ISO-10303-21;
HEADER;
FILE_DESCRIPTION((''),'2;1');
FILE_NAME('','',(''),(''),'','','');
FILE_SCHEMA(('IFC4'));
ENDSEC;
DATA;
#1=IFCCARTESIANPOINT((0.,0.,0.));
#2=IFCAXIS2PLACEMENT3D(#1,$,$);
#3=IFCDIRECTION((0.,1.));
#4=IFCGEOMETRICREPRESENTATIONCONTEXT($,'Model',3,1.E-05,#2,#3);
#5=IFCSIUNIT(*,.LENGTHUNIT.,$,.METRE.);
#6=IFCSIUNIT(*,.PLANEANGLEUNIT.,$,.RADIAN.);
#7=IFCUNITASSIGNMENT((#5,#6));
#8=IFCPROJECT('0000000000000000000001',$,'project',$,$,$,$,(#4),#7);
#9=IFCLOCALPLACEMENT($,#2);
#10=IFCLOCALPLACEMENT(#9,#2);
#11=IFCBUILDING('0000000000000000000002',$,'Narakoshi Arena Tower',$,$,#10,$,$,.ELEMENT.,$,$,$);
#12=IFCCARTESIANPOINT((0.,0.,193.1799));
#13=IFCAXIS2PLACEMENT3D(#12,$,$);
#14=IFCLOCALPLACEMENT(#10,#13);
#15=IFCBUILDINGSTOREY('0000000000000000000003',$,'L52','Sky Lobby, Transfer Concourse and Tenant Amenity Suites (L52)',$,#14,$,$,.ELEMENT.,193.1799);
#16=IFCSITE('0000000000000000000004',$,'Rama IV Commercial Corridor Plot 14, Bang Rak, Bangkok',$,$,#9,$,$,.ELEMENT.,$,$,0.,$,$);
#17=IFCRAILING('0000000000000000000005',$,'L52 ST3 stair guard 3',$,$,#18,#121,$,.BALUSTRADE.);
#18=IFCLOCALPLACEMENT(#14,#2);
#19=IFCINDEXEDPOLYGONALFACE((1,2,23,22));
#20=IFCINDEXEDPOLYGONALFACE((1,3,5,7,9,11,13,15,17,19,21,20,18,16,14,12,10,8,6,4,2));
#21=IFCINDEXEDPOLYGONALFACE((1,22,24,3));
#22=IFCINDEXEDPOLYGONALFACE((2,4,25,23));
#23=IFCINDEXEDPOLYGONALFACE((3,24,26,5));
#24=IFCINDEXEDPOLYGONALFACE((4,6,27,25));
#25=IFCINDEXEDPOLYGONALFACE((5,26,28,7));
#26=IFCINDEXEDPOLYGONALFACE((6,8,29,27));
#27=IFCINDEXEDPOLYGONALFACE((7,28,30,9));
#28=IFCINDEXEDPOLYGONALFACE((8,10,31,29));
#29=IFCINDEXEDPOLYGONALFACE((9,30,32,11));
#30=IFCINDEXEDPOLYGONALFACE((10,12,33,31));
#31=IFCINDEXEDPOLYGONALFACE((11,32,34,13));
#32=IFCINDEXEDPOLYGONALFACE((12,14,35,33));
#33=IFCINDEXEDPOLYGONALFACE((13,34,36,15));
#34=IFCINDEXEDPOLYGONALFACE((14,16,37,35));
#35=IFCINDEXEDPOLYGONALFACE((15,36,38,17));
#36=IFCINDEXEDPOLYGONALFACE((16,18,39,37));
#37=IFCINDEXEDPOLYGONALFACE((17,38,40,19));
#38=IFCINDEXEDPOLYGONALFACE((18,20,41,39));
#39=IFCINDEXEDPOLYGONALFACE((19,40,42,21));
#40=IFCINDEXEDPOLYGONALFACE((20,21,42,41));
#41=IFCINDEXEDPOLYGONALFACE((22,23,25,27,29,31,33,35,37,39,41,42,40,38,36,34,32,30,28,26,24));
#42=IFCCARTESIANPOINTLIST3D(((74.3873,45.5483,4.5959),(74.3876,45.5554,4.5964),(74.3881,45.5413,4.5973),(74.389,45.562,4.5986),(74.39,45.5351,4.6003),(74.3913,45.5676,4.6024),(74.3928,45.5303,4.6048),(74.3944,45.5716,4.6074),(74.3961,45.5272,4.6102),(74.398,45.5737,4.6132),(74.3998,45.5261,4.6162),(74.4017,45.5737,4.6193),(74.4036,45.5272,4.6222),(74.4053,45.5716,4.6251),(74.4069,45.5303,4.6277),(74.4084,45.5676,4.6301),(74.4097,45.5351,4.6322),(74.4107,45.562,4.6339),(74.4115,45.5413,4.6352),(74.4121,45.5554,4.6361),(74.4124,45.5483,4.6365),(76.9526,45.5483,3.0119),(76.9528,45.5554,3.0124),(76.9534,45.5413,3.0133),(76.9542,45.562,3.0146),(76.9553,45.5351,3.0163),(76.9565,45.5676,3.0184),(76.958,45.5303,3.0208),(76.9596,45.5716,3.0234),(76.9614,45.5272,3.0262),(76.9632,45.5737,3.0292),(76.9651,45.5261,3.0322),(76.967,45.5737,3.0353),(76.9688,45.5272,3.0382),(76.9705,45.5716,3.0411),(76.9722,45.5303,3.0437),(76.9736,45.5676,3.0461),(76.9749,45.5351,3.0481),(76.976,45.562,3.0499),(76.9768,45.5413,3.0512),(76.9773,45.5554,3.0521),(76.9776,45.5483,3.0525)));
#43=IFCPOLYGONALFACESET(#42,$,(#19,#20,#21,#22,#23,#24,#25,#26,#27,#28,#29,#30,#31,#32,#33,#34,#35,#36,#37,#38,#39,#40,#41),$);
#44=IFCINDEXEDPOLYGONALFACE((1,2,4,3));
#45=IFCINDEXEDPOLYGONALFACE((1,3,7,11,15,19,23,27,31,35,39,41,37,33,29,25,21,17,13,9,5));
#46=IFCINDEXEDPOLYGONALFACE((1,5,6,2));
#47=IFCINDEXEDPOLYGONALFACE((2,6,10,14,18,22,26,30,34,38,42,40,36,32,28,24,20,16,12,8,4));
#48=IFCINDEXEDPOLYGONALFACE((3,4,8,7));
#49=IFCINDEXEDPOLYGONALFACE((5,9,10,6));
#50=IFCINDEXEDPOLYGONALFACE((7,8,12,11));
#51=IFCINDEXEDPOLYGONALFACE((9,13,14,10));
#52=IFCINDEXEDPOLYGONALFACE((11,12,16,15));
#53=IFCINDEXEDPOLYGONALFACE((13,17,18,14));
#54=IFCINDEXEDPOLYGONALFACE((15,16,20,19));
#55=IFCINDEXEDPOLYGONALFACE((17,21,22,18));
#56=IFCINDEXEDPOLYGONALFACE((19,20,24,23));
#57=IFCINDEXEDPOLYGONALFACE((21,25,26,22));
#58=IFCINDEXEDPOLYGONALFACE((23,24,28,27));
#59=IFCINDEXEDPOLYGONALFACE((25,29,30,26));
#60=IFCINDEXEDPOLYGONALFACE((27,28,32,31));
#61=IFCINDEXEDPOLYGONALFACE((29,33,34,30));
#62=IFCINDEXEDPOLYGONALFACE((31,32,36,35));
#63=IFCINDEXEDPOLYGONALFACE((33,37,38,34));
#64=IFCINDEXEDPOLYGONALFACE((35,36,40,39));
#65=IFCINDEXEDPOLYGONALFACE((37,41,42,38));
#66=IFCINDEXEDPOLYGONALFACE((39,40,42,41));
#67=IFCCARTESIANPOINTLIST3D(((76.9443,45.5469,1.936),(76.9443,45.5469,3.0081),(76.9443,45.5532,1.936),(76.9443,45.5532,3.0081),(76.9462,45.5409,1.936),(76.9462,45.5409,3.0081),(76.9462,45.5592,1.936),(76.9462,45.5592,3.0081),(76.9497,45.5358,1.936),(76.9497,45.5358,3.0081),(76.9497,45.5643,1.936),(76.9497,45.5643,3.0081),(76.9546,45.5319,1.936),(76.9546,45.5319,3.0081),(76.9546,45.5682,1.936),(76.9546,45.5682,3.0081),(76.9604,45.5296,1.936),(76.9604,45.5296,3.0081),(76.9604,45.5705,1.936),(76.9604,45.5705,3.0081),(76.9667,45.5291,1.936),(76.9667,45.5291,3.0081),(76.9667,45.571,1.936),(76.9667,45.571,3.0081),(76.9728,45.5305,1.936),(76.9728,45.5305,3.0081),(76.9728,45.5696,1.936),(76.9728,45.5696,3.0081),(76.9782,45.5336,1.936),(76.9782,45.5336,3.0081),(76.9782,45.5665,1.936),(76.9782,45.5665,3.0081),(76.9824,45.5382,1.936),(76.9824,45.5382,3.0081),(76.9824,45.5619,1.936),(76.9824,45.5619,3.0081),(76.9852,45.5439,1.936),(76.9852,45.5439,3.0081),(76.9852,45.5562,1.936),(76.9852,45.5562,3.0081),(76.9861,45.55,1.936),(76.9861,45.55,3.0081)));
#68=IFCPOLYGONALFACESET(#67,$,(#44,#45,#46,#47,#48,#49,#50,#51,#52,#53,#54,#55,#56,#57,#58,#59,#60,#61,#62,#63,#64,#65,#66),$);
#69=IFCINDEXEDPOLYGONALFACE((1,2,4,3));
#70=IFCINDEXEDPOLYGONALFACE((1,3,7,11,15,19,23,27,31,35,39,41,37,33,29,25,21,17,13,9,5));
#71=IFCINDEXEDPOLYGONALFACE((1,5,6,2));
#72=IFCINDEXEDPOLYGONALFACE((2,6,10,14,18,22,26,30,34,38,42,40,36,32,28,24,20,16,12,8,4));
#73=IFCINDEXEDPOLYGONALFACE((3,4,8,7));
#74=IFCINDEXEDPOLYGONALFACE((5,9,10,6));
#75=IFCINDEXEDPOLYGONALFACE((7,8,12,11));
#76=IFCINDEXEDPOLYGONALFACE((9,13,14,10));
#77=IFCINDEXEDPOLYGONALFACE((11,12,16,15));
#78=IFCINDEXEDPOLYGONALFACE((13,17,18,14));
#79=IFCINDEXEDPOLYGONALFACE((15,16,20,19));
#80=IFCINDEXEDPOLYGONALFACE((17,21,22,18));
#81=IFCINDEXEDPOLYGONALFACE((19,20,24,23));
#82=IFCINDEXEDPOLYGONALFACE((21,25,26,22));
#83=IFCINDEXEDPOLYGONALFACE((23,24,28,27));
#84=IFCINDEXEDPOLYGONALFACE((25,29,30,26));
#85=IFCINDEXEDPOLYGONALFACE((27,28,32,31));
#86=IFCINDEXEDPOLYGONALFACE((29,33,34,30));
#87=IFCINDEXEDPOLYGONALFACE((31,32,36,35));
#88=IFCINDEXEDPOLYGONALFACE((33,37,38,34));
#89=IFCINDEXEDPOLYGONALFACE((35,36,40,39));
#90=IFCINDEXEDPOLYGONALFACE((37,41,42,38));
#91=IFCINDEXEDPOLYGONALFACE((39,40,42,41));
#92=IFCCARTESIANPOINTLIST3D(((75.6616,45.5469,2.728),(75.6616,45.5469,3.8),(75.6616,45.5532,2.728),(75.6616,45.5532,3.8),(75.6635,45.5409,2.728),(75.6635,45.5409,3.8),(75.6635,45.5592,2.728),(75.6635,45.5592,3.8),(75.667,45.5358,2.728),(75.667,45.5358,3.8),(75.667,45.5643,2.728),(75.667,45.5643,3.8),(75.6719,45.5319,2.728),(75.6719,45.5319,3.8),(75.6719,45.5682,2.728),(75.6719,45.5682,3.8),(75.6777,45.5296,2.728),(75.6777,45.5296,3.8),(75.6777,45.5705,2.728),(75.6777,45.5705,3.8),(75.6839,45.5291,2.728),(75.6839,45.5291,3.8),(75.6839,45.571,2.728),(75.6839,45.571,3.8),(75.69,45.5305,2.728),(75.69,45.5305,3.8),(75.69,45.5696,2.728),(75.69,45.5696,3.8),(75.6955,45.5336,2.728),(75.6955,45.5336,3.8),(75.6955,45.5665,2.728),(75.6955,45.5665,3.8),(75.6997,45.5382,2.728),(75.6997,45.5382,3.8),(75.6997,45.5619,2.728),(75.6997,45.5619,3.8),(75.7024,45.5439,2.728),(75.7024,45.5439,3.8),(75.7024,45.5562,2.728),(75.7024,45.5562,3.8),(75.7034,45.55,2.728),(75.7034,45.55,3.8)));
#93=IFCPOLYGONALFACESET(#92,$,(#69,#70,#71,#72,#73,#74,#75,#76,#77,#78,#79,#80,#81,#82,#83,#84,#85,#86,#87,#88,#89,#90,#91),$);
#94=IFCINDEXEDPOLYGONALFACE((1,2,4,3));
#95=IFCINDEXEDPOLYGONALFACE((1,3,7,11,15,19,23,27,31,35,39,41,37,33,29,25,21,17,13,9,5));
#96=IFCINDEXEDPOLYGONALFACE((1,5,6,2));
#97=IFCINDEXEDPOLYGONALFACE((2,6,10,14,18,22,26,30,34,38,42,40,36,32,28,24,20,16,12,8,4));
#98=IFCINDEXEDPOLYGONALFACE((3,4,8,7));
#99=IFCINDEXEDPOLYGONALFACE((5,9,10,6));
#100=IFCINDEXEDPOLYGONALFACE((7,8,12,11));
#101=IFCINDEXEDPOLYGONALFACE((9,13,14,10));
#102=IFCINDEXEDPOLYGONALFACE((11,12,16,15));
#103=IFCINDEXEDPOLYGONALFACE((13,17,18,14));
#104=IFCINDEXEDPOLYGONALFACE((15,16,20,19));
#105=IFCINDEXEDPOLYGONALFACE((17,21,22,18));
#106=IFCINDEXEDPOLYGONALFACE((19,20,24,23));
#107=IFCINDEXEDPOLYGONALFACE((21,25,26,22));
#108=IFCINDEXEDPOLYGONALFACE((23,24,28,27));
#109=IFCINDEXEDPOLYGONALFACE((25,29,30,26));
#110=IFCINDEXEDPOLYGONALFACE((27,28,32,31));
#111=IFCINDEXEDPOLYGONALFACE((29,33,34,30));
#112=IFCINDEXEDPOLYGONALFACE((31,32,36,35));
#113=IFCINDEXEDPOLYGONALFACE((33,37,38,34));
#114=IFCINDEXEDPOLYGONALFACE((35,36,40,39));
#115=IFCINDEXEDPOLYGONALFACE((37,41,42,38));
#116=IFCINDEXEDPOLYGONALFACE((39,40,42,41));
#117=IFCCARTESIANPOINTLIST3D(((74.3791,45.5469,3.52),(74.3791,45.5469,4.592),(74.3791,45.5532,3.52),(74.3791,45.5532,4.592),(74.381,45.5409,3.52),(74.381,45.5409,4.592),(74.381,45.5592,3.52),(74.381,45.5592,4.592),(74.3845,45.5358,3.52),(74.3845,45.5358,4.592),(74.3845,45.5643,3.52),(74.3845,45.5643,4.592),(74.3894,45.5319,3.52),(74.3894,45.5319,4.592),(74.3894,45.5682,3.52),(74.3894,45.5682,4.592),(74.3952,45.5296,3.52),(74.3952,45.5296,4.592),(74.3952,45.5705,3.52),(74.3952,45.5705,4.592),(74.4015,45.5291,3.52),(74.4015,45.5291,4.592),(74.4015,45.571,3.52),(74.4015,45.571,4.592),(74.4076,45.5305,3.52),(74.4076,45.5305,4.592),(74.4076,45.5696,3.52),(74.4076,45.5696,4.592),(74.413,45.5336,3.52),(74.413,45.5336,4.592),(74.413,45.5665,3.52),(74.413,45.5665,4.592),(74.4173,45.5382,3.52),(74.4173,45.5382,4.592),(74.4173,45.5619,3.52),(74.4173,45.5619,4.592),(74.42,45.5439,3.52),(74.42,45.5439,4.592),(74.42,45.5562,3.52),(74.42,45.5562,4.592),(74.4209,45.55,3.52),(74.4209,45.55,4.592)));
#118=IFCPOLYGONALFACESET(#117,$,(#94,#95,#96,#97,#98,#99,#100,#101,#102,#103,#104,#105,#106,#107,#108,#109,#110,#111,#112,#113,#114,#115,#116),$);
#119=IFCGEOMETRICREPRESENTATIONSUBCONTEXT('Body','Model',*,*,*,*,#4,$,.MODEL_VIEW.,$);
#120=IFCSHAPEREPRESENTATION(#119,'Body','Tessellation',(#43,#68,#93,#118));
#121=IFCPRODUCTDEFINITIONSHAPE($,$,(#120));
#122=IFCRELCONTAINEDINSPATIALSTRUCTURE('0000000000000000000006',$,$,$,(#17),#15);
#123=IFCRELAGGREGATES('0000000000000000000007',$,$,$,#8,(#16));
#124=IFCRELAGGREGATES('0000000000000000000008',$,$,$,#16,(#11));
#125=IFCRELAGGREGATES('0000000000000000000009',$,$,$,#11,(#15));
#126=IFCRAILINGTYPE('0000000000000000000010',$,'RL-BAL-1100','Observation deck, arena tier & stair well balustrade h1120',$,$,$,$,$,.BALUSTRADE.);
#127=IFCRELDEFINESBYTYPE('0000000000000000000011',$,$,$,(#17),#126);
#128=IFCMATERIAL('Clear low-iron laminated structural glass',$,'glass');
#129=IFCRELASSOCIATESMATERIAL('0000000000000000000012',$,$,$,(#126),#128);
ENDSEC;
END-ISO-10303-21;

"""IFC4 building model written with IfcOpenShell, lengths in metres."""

from ifc_helpers import new_model, si_unit, direction, frame, origin, origin_2d, place, context, subcontext, project, spatial, circle, extrude, material, type_object, element, save


model = new_model("IFC4")

# Units and contexts
model_context = context("Model", 3, precision=1e-05, world=origin(), true_north=direction((0.0, 1.0)))
body_context = subcontext(model_context, "Body", "Model", "MODEL_VIEW")
ifc_project = project(units=[si_unit("LENGTHUNIT", "METRE"), si_unit("PLANEANGLEUNIT", "RADIAN")], contexts=[model_context])

# Site, building, storey
site_placement = place(None, origin())
site = spatial("IfcSite", under=ifc_project, at=site_placement, Name="Rama IV Commercial Corridor Plot 14, Bang Rak, Bangkok", CompositionType="ELEMENT", RefElevation=0.0)
building_placement = place(site_placement, origin())
building = spatial("IfcBuilding", under=site, at=building_placement, Name="Narakoshi Arena Tower", CompositionType="ELEMENT")
storey_placement = place(building_placement, frame((0.0, 0.0, 193.1799)))
storey = spatial("IfcBuildingStorey", under=building, at=storey_placement, Name="L52", Description="Sky Lobby, Transfer Concourse and Tenant Amenity Suites (L52)", CompositionType="ELEMENT", Elevation=193.1799)

# Railing
ifc_material_1 = material(Name="Clear low-iron laminated structural glass", Category="glass")
railing_type_1 = type_object("IfcRailingType", Name="RL-BAL-1100", Description="Observation deck, arena tier & stair well balustrade h1120", PredefinedType="BALUSTRADE", material=ifc_material_1)
railing_1_placement = place(storey_placement, frame((76.9651, 45.55, 1.936)))
element("IfcRailing", 1, at=railing_1_placement, inside=storey, type_object=railing_type_1, Name="L52 ST3 stair guard 3", PredefinedType="BALUSTRADE", context=body_context, shape_type="SweptSolid", body=[
    extrude(circle(Radius=0.0239, at=origin_2d()), frame((0.0, 0.0, 1.0962), z_axis=(-0.850857, 0.0, 0.525398), x_axis=(0.0, -1.0, 0.0)), (0.0, 0.0, 1.0), 3.0149),
    extrude(circle(Radius=0.021, at=origin_2d()), origin(), (0.0, 0.0, 1.0), 1.072),
    extrude(circle(Radius=0.021, at=origin_2d()), frame((-1.2827, 0.0, 0.792)), (0.0, 0.0, 1.0), 1.072),
    extrude(circle(Radius=0.021, at=origin_2d()), frame((-2.5652, 0.0, 1.584)), (0.0, 0.0, 1.0), 1.072),
])

save(model, "model.ifc")
